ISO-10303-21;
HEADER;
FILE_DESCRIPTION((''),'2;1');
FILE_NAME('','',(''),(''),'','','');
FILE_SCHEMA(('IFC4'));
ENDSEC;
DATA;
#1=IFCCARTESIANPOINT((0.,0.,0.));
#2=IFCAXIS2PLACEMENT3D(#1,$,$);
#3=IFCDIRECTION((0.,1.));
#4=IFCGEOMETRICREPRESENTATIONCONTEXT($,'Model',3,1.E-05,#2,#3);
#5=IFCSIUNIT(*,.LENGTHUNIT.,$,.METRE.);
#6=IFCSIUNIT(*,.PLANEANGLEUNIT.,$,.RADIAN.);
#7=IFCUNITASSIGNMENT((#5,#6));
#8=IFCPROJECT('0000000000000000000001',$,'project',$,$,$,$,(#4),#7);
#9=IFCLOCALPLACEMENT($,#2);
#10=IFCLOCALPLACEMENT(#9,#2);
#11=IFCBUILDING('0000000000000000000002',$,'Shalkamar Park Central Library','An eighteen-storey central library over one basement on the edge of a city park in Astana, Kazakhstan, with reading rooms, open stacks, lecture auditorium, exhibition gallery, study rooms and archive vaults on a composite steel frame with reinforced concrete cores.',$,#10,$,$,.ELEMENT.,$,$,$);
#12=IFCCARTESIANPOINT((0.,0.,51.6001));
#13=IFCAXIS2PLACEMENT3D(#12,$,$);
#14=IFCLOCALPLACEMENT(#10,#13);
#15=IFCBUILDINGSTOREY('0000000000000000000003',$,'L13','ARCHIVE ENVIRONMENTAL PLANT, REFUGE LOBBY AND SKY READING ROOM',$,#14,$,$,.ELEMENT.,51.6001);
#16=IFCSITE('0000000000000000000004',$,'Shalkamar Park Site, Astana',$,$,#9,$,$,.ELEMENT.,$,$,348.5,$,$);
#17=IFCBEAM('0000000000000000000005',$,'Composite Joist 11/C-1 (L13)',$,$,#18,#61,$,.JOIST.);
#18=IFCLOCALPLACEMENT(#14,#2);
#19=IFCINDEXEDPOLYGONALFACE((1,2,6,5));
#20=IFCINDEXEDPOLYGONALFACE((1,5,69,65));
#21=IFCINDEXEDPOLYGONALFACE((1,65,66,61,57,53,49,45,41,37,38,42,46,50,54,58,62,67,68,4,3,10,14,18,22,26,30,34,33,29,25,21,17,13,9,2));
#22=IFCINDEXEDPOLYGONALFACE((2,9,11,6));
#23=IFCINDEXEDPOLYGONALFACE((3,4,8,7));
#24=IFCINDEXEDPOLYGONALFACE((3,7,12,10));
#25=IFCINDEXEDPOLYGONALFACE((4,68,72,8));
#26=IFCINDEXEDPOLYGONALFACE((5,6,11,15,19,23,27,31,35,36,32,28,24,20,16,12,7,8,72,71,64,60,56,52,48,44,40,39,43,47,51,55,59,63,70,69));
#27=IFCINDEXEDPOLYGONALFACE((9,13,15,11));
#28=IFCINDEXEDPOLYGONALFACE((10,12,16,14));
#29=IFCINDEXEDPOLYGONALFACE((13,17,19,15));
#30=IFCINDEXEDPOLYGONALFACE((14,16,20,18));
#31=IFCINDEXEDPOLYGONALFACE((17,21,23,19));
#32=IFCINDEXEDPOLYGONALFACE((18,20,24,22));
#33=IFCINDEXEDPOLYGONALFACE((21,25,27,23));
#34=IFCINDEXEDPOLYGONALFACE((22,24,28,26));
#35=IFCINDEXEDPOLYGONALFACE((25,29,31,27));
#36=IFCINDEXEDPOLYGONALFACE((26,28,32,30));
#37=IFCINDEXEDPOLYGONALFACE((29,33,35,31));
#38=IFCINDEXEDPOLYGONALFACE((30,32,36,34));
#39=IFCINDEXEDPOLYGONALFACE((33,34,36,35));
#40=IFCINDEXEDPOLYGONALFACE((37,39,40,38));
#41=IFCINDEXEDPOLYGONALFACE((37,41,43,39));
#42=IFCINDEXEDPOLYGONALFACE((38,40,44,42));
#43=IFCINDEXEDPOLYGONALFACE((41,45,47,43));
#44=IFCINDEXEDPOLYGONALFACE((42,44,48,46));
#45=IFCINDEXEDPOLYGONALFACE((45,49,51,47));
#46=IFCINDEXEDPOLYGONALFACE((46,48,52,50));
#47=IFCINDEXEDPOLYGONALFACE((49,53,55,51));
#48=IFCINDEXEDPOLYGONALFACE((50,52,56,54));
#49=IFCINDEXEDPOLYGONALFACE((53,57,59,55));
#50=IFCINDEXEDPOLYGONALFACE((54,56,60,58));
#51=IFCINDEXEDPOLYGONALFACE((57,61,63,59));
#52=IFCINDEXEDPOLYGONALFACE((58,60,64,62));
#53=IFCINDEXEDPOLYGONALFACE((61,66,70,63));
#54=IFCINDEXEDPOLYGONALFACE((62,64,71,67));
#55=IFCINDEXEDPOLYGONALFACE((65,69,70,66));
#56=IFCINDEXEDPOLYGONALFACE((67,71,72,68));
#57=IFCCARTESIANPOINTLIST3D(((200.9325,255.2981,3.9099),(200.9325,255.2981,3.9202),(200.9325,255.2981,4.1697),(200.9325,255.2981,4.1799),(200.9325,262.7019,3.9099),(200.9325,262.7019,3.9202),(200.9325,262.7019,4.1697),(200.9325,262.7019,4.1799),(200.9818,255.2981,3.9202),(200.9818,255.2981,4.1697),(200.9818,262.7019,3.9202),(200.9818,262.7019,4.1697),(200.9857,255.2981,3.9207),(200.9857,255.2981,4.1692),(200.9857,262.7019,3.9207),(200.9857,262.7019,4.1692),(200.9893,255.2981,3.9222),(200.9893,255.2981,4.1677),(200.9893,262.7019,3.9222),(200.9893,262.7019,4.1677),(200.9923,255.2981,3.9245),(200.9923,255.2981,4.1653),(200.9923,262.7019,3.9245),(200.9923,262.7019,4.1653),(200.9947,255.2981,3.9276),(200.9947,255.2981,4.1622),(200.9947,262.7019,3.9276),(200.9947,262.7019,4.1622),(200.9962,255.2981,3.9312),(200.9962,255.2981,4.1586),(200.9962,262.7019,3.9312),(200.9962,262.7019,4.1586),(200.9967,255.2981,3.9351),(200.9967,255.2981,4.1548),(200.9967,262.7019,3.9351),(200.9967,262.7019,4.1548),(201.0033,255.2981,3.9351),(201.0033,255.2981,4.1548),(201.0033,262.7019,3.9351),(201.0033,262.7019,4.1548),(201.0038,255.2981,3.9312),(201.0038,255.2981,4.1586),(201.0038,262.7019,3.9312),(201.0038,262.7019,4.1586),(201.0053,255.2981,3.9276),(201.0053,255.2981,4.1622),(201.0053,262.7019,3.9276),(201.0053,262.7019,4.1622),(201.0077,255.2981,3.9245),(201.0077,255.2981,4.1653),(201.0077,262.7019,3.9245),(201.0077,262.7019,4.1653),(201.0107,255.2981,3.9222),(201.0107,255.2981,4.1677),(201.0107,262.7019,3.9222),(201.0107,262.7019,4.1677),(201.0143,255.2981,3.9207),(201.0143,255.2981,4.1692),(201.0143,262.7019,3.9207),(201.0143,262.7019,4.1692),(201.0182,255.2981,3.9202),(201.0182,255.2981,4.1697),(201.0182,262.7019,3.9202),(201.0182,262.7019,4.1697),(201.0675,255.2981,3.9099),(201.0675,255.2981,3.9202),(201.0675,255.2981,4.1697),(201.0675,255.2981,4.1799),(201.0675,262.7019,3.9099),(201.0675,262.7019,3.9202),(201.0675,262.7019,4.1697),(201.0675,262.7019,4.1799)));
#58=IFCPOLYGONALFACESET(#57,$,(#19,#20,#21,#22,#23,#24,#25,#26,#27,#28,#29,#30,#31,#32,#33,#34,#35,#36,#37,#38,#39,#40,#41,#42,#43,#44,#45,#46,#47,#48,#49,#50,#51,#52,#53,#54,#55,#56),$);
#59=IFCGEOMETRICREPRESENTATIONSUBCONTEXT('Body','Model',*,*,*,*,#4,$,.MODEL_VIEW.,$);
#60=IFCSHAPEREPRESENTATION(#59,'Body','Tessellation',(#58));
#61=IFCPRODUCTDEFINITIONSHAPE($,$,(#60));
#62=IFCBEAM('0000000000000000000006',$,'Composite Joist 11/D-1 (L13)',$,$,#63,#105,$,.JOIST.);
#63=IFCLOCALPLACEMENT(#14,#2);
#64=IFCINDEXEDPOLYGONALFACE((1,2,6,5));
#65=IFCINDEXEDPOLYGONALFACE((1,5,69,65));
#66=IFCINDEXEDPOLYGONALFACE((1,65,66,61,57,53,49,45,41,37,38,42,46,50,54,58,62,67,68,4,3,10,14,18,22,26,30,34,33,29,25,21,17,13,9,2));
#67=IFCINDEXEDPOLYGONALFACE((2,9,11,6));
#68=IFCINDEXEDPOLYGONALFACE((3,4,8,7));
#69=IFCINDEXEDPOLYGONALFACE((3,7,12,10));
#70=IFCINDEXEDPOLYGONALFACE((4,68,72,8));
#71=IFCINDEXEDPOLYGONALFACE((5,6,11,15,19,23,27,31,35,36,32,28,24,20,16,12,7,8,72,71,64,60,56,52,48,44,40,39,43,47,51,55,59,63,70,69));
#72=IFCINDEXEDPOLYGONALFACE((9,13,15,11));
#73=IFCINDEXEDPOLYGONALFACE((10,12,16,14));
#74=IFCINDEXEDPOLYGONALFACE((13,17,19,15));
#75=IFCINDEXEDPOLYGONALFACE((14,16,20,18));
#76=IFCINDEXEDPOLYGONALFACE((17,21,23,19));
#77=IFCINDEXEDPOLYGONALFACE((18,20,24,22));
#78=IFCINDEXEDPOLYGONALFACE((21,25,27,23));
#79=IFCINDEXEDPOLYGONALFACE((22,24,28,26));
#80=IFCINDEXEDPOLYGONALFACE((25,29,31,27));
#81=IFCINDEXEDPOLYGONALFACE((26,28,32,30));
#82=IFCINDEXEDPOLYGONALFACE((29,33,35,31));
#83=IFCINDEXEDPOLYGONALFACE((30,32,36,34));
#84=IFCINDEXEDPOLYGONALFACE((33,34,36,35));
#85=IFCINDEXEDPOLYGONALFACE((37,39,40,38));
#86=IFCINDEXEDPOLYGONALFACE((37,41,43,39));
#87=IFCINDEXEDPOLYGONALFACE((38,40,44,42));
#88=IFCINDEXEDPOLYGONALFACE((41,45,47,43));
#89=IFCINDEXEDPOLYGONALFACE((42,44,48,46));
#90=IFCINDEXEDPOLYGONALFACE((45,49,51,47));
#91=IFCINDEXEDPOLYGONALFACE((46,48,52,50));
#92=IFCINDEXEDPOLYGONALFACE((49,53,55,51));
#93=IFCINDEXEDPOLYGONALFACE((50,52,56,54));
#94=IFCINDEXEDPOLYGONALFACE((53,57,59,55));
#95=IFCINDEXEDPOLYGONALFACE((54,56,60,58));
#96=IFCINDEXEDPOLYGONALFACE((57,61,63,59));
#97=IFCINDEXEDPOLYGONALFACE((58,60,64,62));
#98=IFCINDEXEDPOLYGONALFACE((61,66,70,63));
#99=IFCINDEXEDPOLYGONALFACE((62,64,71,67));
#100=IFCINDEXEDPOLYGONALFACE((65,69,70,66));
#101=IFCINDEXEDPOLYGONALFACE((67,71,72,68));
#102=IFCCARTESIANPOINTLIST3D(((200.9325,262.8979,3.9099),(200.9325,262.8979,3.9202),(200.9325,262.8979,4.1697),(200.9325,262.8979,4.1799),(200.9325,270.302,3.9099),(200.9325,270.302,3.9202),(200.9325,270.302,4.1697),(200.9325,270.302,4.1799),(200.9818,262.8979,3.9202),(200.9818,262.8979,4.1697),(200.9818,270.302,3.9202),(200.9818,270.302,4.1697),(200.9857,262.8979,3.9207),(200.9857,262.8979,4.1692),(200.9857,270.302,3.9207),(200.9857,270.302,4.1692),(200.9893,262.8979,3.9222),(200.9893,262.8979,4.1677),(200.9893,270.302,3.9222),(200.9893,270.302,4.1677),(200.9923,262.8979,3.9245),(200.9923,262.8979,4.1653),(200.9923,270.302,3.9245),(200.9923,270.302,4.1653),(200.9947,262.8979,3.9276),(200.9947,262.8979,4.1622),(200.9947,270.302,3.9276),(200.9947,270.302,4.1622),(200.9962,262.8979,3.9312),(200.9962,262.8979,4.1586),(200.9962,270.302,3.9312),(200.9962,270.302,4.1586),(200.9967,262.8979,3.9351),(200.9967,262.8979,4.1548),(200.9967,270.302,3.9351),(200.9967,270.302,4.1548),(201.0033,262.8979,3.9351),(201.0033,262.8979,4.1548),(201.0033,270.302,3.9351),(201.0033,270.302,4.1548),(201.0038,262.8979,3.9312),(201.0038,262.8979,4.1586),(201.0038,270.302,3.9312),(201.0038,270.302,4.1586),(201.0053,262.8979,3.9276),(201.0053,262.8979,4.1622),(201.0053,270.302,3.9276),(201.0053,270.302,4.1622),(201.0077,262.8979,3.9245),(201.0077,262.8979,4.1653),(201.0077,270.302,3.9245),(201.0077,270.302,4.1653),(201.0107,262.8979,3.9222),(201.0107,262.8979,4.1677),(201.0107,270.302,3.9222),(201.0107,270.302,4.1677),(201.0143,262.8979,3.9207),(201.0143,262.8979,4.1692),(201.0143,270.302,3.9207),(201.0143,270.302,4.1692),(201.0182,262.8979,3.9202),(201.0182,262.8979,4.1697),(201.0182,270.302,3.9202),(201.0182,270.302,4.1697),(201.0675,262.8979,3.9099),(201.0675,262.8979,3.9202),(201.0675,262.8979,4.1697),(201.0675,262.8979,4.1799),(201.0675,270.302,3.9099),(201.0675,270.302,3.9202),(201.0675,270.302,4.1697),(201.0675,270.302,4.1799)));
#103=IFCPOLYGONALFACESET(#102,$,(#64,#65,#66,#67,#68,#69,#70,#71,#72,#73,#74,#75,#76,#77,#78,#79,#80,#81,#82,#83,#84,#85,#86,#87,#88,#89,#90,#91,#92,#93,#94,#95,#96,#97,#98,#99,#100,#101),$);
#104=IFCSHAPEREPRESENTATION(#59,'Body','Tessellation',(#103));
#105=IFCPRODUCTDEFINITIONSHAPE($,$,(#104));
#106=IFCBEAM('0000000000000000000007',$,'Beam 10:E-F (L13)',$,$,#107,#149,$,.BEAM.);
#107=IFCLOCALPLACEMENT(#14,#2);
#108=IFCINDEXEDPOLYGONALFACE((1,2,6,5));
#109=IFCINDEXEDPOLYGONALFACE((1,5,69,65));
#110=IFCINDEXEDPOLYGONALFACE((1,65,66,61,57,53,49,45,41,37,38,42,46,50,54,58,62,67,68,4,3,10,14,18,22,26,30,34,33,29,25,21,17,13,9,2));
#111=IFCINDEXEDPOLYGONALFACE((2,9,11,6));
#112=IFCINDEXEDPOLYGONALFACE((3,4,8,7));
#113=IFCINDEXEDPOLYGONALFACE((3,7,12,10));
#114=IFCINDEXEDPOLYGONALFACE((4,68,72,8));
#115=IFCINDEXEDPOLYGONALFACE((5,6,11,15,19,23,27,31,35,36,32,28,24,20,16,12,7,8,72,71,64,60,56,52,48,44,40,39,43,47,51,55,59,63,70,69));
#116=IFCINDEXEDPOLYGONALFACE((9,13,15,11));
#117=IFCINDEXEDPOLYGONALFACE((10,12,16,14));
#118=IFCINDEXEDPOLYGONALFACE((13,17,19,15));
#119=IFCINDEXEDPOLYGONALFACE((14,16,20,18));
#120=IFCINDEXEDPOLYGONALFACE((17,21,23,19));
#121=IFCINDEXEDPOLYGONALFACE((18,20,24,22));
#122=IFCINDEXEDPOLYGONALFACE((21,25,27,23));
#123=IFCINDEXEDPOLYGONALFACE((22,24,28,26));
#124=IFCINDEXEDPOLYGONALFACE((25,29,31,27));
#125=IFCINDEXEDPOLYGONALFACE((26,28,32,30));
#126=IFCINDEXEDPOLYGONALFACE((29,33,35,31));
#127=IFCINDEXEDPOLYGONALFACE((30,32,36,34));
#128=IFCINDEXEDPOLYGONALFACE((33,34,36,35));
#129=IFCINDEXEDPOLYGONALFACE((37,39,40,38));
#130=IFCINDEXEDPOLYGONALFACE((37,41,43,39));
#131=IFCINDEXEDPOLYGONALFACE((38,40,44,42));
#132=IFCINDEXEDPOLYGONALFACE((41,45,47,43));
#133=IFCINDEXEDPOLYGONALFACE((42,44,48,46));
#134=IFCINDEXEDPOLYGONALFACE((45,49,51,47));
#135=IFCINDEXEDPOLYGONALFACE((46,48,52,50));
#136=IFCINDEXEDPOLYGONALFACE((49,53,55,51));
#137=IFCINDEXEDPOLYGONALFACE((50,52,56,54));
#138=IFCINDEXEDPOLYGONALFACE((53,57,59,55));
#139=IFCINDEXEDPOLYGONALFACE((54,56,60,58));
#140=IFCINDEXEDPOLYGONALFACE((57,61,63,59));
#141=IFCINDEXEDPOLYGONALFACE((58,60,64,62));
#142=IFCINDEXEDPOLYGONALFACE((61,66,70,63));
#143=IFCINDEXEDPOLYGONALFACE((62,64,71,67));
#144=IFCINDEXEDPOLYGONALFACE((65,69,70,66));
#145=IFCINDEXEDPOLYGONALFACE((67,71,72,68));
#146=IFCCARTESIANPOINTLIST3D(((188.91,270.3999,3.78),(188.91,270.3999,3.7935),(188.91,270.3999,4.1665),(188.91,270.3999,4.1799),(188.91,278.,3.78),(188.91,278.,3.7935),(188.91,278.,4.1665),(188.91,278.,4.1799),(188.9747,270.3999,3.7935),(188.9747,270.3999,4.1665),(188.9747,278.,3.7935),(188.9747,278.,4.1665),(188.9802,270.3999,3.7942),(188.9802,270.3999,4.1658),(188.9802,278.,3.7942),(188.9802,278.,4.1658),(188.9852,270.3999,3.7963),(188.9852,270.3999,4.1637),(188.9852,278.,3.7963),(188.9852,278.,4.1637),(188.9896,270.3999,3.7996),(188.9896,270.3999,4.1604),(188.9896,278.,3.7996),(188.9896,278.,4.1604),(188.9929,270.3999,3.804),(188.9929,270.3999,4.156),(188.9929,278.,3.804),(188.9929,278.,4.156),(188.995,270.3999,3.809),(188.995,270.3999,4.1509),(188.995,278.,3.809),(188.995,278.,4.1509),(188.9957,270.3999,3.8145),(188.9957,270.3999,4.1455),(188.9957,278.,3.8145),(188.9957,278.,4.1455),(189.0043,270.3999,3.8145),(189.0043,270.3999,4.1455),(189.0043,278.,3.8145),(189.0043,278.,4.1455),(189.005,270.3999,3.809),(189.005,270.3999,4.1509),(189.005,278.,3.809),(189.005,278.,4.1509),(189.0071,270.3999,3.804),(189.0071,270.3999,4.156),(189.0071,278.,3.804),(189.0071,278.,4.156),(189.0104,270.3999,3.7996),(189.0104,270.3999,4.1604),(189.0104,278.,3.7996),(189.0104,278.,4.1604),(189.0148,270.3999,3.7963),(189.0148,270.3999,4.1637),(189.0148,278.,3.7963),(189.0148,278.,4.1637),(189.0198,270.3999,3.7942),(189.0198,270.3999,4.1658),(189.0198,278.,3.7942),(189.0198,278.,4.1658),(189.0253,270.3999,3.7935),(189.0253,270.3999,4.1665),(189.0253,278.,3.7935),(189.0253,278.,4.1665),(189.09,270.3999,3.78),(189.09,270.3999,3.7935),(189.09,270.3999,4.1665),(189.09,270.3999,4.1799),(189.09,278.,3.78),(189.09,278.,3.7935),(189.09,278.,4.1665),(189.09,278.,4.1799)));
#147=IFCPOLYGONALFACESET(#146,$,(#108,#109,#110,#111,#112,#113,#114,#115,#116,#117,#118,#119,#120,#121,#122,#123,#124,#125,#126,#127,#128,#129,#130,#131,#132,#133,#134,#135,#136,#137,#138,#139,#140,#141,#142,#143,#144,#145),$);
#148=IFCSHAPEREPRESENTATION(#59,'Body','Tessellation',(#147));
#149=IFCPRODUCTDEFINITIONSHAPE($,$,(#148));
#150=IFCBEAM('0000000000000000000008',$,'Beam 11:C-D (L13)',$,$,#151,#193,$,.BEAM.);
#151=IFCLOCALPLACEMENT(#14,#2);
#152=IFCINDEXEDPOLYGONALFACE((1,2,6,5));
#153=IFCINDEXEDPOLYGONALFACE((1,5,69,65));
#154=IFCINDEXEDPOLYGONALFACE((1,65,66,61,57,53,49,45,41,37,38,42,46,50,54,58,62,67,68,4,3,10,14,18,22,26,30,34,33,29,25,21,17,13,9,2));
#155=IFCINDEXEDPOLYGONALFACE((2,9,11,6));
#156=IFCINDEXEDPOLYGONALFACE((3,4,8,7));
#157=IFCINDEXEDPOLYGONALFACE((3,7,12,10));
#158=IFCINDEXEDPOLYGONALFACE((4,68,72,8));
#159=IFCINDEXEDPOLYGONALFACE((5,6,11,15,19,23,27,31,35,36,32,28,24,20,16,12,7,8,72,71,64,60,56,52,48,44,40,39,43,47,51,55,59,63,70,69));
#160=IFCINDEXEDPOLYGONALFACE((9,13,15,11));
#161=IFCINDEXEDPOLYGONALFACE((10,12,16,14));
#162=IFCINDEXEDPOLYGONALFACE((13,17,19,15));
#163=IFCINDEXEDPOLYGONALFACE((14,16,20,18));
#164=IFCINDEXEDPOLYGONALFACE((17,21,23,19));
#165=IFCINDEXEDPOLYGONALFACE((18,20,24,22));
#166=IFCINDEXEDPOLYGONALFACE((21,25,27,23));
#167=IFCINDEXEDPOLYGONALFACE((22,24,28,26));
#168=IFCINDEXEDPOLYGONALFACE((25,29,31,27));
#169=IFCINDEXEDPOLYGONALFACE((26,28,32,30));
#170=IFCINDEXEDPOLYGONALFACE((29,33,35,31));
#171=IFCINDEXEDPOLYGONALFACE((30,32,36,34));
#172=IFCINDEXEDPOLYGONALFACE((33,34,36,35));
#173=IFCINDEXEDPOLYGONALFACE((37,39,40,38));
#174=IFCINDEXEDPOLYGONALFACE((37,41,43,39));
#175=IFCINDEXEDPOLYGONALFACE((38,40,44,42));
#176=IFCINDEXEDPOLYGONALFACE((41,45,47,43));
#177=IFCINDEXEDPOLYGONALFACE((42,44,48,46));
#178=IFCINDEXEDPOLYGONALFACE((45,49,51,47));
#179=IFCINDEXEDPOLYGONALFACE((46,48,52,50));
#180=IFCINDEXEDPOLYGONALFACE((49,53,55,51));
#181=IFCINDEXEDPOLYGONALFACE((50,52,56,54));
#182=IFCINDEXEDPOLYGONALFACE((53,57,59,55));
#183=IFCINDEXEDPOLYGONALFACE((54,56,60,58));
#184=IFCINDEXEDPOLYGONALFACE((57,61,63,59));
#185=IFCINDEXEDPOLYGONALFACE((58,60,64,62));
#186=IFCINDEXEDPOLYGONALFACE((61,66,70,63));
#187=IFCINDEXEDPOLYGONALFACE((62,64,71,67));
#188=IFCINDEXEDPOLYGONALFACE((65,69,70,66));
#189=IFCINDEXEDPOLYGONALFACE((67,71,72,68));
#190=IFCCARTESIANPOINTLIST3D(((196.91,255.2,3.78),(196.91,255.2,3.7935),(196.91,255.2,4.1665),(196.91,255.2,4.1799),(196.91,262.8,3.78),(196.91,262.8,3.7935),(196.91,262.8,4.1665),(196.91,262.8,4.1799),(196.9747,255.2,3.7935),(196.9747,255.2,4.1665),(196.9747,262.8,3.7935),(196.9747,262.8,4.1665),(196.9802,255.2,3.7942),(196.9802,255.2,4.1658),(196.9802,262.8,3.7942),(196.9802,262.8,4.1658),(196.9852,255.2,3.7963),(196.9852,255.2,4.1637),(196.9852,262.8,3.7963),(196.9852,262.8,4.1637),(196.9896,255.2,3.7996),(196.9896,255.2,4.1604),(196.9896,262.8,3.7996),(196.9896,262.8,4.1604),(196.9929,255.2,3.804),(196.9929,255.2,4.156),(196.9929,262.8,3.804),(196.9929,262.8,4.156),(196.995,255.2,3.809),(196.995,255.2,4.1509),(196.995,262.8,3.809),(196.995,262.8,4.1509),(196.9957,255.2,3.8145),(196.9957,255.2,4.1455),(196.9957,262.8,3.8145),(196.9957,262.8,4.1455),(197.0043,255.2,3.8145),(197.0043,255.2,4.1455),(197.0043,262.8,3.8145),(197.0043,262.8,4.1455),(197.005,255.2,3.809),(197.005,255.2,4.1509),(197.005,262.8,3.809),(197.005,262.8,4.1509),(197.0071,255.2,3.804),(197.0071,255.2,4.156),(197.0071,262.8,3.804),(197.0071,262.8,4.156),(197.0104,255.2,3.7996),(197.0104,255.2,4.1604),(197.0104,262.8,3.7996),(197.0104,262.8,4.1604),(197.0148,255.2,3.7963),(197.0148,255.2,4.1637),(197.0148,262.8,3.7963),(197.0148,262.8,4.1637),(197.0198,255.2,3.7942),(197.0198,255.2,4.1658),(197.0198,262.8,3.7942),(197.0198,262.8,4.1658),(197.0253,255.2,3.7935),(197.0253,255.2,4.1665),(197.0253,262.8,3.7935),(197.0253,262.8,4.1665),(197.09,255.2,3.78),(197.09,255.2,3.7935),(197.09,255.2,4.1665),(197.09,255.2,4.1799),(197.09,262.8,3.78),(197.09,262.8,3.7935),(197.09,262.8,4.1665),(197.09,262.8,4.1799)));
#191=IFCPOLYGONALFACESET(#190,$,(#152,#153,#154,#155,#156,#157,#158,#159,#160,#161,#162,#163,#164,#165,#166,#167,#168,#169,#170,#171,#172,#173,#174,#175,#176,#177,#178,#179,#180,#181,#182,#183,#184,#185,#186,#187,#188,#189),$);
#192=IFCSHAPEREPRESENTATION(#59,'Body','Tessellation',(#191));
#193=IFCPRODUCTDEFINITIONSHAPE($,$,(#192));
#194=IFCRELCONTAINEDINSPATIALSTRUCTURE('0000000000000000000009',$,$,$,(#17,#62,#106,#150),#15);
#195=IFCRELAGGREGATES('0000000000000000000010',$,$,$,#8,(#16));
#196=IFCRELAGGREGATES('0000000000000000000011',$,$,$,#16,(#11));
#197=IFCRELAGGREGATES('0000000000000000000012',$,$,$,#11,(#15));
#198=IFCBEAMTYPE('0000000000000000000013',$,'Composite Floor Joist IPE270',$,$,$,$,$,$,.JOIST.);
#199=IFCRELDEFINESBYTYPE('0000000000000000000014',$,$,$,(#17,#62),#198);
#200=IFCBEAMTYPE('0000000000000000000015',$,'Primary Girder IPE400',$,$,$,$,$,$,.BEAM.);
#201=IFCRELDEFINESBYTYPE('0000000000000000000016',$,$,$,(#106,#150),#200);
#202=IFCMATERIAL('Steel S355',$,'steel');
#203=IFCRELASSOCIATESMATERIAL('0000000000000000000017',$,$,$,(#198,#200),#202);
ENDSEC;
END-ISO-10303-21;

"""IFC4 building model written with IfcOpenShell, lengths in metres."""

from ifc_helpers import new_model, si_unit, direction, frame, origin, origin_2d, place, context, subcontext, project, spatial, i_section, extrude, material, material_profile, profile_set, type_object, element, save


model = new_model("IFC4")

# Units and contexts
model_context = context("Model", 3, precision=1e-05, world=origin(), true_north=direction((0.0, 1.0)))
body_context = subcontext(model_context, "Body", "Model", "MODEL_VIEW")
ifc_project = project(units=[si_unit("LENGTHUNIT", "METRE"), si_unit("PLANEANGLEUNIT", "RADIAN")], contexts=[model_context])

# Site, building, storey
site_placement = place(None, origin())
site = spatial("IfcSite", under=ifc_project, at=site_placement, Name="Shalkamar Park Site, Astana", CompositionType="ELEMENT", RefElevation=348.5)
building_placement = place(site_placement, origin())
building = spatial("IfcBuilding", under=site, at=building_placement, Name="Shalkamar Park Central Library", Description="An eighteen-storey central library over one basement on the edge of a city park in Astana, Kazakhstan, with reading rooms, open stacks, lecture auditorium, exhibition gallery, study rooms and archive vaults on a composite steel frame with reinforced concrete cores.", CompositionType="ELEMENT")
storey_placement = place(building_placement, frame((0.0, 0.0, 51.6001)))
storey = spatial("IfcBuildingStorey", under=building, at=storey_placement, Name="L13", Description="ARCHIVE ENVIRONMENTAL PLANT, REFUGE LOBBY AND SKY READING ROOM", CompositionType="ELEMENT", Elevation=51.6001)

# Shared definitions
ifc_material_1 = material(Name="Steel S355", Category="steel")

# Beams
ifc_material_profile_1 = material_profile(ifc_material_1, i_section(OverallWidth=0.135, OverallDepth=0.27, WebThickness=0.0066, FlangeThickness=0.0103, FilletRadius=0.0149, at=origin_2d()), Name="IPE 270")
ifc_profile_set_1 = profile_set([ifc_material_profile_1], Name="Steel S355")
beam_type_1 = type_object("IfcBeamType", Name="Composite Floor Joist IPE270", PredefinedType="JOIST", material=ifc_profile_set_1)
beam_1_placement = place(storey_placement, frame((201.0, 255.2981, 4.0449), z_axis=(0.0, 1.0, 0.0), x_axis=(-1.0, 0.0, 0.0)))
element("IfcBeam", 1, at=beam_1_placement, inside=storey, type_object=beam_type_1, Name="Composite Joist 11/C-1 (L13)", PredefinedType="JOIST", context=body_context, shape_type="SweptSolid", body=[
    extrude(i_section(OverallWidth=0.135, OverallDepth=0.27, WebThickness=0.0066, FlangeThickness=0.0103, FilletRadius=0.0149, at=origin_2d()), origin(), (0.0, 0.0, 1.0), 7.4038),
])
beam_2_placement = place(storey_placement, frame((201.0, 262.8979, 4.0449), z_axis=(0.0, 1.0, 0.0), x_axis=(-1.0, 0.0, 0.0)))
element("IfcBeam", 2, at=beam_2_placement, inside=storey, type_object=beam_type_1, Name="Composite Joist 11/D-1 (L13)", PredefinedType="JOIST", context=body_context, shape_type="SweptSolid", body=[
    extrude(i_section(OverallWidth=0.135, OverallDepth=0.27, WebThickness=0.0066, FlangeThickness=0.0103, FilletRadius=0.0149, at=origin_2d()), origin(), (0.0, 0.0, 1.0), 7.4041),
])
ifc_material_profile_2 = material_profile(ifc_material_1, i_section(OverallWidth=0.1799, OverallDepth=0.3999, WebThickness=0.0085, FlangeThickness=0.0134, FilletRadius=0.021, at=origin_2d()), Name="IPE 400")
ifc_profile_set_2 = profile_set([ifc_material_profile_2], Name="Steel S355")
beam_type_2 = type_object("IfcBeamType", Name="Primary Girder IPE400", PredefinedType="BEAM", material=ifc_profile_set_2)
for number, where, z_axis, x_axis, name in (
    (3, (189.0, 270.3999, 3.98), (0.0, 1.0, 0.0), (-1.0, 0.0, 0.0), "Beam 10:E-F (L13)"),
    (4, (197.0, 255.2, 3.98), (0.0, 1.0, 0.0), (-1.0, 0.0, 0.0), "Beam 11:C-D (L13)"),
):
    element("IfcBeam", number, at=place(storey_placement, frame(where, z_axis=z_axis, x_axis=x_axis)), inside=storey, type_object=beam_type_2, Name=name, PredefinedType="BEAM", context=body_context, shape_type="SweptSolid", body=[
        extrude(i_section(OverallWidth=0.1799, OverallDepth=0.3999, WebThickness=0.0085, FlangeThickness=0.0134, FilletRadius=0.021, at=origin_2d()), origin(), (0.0, 0.0, 1.0), 7.6001),
    ])

save(model, "model.ifc")
